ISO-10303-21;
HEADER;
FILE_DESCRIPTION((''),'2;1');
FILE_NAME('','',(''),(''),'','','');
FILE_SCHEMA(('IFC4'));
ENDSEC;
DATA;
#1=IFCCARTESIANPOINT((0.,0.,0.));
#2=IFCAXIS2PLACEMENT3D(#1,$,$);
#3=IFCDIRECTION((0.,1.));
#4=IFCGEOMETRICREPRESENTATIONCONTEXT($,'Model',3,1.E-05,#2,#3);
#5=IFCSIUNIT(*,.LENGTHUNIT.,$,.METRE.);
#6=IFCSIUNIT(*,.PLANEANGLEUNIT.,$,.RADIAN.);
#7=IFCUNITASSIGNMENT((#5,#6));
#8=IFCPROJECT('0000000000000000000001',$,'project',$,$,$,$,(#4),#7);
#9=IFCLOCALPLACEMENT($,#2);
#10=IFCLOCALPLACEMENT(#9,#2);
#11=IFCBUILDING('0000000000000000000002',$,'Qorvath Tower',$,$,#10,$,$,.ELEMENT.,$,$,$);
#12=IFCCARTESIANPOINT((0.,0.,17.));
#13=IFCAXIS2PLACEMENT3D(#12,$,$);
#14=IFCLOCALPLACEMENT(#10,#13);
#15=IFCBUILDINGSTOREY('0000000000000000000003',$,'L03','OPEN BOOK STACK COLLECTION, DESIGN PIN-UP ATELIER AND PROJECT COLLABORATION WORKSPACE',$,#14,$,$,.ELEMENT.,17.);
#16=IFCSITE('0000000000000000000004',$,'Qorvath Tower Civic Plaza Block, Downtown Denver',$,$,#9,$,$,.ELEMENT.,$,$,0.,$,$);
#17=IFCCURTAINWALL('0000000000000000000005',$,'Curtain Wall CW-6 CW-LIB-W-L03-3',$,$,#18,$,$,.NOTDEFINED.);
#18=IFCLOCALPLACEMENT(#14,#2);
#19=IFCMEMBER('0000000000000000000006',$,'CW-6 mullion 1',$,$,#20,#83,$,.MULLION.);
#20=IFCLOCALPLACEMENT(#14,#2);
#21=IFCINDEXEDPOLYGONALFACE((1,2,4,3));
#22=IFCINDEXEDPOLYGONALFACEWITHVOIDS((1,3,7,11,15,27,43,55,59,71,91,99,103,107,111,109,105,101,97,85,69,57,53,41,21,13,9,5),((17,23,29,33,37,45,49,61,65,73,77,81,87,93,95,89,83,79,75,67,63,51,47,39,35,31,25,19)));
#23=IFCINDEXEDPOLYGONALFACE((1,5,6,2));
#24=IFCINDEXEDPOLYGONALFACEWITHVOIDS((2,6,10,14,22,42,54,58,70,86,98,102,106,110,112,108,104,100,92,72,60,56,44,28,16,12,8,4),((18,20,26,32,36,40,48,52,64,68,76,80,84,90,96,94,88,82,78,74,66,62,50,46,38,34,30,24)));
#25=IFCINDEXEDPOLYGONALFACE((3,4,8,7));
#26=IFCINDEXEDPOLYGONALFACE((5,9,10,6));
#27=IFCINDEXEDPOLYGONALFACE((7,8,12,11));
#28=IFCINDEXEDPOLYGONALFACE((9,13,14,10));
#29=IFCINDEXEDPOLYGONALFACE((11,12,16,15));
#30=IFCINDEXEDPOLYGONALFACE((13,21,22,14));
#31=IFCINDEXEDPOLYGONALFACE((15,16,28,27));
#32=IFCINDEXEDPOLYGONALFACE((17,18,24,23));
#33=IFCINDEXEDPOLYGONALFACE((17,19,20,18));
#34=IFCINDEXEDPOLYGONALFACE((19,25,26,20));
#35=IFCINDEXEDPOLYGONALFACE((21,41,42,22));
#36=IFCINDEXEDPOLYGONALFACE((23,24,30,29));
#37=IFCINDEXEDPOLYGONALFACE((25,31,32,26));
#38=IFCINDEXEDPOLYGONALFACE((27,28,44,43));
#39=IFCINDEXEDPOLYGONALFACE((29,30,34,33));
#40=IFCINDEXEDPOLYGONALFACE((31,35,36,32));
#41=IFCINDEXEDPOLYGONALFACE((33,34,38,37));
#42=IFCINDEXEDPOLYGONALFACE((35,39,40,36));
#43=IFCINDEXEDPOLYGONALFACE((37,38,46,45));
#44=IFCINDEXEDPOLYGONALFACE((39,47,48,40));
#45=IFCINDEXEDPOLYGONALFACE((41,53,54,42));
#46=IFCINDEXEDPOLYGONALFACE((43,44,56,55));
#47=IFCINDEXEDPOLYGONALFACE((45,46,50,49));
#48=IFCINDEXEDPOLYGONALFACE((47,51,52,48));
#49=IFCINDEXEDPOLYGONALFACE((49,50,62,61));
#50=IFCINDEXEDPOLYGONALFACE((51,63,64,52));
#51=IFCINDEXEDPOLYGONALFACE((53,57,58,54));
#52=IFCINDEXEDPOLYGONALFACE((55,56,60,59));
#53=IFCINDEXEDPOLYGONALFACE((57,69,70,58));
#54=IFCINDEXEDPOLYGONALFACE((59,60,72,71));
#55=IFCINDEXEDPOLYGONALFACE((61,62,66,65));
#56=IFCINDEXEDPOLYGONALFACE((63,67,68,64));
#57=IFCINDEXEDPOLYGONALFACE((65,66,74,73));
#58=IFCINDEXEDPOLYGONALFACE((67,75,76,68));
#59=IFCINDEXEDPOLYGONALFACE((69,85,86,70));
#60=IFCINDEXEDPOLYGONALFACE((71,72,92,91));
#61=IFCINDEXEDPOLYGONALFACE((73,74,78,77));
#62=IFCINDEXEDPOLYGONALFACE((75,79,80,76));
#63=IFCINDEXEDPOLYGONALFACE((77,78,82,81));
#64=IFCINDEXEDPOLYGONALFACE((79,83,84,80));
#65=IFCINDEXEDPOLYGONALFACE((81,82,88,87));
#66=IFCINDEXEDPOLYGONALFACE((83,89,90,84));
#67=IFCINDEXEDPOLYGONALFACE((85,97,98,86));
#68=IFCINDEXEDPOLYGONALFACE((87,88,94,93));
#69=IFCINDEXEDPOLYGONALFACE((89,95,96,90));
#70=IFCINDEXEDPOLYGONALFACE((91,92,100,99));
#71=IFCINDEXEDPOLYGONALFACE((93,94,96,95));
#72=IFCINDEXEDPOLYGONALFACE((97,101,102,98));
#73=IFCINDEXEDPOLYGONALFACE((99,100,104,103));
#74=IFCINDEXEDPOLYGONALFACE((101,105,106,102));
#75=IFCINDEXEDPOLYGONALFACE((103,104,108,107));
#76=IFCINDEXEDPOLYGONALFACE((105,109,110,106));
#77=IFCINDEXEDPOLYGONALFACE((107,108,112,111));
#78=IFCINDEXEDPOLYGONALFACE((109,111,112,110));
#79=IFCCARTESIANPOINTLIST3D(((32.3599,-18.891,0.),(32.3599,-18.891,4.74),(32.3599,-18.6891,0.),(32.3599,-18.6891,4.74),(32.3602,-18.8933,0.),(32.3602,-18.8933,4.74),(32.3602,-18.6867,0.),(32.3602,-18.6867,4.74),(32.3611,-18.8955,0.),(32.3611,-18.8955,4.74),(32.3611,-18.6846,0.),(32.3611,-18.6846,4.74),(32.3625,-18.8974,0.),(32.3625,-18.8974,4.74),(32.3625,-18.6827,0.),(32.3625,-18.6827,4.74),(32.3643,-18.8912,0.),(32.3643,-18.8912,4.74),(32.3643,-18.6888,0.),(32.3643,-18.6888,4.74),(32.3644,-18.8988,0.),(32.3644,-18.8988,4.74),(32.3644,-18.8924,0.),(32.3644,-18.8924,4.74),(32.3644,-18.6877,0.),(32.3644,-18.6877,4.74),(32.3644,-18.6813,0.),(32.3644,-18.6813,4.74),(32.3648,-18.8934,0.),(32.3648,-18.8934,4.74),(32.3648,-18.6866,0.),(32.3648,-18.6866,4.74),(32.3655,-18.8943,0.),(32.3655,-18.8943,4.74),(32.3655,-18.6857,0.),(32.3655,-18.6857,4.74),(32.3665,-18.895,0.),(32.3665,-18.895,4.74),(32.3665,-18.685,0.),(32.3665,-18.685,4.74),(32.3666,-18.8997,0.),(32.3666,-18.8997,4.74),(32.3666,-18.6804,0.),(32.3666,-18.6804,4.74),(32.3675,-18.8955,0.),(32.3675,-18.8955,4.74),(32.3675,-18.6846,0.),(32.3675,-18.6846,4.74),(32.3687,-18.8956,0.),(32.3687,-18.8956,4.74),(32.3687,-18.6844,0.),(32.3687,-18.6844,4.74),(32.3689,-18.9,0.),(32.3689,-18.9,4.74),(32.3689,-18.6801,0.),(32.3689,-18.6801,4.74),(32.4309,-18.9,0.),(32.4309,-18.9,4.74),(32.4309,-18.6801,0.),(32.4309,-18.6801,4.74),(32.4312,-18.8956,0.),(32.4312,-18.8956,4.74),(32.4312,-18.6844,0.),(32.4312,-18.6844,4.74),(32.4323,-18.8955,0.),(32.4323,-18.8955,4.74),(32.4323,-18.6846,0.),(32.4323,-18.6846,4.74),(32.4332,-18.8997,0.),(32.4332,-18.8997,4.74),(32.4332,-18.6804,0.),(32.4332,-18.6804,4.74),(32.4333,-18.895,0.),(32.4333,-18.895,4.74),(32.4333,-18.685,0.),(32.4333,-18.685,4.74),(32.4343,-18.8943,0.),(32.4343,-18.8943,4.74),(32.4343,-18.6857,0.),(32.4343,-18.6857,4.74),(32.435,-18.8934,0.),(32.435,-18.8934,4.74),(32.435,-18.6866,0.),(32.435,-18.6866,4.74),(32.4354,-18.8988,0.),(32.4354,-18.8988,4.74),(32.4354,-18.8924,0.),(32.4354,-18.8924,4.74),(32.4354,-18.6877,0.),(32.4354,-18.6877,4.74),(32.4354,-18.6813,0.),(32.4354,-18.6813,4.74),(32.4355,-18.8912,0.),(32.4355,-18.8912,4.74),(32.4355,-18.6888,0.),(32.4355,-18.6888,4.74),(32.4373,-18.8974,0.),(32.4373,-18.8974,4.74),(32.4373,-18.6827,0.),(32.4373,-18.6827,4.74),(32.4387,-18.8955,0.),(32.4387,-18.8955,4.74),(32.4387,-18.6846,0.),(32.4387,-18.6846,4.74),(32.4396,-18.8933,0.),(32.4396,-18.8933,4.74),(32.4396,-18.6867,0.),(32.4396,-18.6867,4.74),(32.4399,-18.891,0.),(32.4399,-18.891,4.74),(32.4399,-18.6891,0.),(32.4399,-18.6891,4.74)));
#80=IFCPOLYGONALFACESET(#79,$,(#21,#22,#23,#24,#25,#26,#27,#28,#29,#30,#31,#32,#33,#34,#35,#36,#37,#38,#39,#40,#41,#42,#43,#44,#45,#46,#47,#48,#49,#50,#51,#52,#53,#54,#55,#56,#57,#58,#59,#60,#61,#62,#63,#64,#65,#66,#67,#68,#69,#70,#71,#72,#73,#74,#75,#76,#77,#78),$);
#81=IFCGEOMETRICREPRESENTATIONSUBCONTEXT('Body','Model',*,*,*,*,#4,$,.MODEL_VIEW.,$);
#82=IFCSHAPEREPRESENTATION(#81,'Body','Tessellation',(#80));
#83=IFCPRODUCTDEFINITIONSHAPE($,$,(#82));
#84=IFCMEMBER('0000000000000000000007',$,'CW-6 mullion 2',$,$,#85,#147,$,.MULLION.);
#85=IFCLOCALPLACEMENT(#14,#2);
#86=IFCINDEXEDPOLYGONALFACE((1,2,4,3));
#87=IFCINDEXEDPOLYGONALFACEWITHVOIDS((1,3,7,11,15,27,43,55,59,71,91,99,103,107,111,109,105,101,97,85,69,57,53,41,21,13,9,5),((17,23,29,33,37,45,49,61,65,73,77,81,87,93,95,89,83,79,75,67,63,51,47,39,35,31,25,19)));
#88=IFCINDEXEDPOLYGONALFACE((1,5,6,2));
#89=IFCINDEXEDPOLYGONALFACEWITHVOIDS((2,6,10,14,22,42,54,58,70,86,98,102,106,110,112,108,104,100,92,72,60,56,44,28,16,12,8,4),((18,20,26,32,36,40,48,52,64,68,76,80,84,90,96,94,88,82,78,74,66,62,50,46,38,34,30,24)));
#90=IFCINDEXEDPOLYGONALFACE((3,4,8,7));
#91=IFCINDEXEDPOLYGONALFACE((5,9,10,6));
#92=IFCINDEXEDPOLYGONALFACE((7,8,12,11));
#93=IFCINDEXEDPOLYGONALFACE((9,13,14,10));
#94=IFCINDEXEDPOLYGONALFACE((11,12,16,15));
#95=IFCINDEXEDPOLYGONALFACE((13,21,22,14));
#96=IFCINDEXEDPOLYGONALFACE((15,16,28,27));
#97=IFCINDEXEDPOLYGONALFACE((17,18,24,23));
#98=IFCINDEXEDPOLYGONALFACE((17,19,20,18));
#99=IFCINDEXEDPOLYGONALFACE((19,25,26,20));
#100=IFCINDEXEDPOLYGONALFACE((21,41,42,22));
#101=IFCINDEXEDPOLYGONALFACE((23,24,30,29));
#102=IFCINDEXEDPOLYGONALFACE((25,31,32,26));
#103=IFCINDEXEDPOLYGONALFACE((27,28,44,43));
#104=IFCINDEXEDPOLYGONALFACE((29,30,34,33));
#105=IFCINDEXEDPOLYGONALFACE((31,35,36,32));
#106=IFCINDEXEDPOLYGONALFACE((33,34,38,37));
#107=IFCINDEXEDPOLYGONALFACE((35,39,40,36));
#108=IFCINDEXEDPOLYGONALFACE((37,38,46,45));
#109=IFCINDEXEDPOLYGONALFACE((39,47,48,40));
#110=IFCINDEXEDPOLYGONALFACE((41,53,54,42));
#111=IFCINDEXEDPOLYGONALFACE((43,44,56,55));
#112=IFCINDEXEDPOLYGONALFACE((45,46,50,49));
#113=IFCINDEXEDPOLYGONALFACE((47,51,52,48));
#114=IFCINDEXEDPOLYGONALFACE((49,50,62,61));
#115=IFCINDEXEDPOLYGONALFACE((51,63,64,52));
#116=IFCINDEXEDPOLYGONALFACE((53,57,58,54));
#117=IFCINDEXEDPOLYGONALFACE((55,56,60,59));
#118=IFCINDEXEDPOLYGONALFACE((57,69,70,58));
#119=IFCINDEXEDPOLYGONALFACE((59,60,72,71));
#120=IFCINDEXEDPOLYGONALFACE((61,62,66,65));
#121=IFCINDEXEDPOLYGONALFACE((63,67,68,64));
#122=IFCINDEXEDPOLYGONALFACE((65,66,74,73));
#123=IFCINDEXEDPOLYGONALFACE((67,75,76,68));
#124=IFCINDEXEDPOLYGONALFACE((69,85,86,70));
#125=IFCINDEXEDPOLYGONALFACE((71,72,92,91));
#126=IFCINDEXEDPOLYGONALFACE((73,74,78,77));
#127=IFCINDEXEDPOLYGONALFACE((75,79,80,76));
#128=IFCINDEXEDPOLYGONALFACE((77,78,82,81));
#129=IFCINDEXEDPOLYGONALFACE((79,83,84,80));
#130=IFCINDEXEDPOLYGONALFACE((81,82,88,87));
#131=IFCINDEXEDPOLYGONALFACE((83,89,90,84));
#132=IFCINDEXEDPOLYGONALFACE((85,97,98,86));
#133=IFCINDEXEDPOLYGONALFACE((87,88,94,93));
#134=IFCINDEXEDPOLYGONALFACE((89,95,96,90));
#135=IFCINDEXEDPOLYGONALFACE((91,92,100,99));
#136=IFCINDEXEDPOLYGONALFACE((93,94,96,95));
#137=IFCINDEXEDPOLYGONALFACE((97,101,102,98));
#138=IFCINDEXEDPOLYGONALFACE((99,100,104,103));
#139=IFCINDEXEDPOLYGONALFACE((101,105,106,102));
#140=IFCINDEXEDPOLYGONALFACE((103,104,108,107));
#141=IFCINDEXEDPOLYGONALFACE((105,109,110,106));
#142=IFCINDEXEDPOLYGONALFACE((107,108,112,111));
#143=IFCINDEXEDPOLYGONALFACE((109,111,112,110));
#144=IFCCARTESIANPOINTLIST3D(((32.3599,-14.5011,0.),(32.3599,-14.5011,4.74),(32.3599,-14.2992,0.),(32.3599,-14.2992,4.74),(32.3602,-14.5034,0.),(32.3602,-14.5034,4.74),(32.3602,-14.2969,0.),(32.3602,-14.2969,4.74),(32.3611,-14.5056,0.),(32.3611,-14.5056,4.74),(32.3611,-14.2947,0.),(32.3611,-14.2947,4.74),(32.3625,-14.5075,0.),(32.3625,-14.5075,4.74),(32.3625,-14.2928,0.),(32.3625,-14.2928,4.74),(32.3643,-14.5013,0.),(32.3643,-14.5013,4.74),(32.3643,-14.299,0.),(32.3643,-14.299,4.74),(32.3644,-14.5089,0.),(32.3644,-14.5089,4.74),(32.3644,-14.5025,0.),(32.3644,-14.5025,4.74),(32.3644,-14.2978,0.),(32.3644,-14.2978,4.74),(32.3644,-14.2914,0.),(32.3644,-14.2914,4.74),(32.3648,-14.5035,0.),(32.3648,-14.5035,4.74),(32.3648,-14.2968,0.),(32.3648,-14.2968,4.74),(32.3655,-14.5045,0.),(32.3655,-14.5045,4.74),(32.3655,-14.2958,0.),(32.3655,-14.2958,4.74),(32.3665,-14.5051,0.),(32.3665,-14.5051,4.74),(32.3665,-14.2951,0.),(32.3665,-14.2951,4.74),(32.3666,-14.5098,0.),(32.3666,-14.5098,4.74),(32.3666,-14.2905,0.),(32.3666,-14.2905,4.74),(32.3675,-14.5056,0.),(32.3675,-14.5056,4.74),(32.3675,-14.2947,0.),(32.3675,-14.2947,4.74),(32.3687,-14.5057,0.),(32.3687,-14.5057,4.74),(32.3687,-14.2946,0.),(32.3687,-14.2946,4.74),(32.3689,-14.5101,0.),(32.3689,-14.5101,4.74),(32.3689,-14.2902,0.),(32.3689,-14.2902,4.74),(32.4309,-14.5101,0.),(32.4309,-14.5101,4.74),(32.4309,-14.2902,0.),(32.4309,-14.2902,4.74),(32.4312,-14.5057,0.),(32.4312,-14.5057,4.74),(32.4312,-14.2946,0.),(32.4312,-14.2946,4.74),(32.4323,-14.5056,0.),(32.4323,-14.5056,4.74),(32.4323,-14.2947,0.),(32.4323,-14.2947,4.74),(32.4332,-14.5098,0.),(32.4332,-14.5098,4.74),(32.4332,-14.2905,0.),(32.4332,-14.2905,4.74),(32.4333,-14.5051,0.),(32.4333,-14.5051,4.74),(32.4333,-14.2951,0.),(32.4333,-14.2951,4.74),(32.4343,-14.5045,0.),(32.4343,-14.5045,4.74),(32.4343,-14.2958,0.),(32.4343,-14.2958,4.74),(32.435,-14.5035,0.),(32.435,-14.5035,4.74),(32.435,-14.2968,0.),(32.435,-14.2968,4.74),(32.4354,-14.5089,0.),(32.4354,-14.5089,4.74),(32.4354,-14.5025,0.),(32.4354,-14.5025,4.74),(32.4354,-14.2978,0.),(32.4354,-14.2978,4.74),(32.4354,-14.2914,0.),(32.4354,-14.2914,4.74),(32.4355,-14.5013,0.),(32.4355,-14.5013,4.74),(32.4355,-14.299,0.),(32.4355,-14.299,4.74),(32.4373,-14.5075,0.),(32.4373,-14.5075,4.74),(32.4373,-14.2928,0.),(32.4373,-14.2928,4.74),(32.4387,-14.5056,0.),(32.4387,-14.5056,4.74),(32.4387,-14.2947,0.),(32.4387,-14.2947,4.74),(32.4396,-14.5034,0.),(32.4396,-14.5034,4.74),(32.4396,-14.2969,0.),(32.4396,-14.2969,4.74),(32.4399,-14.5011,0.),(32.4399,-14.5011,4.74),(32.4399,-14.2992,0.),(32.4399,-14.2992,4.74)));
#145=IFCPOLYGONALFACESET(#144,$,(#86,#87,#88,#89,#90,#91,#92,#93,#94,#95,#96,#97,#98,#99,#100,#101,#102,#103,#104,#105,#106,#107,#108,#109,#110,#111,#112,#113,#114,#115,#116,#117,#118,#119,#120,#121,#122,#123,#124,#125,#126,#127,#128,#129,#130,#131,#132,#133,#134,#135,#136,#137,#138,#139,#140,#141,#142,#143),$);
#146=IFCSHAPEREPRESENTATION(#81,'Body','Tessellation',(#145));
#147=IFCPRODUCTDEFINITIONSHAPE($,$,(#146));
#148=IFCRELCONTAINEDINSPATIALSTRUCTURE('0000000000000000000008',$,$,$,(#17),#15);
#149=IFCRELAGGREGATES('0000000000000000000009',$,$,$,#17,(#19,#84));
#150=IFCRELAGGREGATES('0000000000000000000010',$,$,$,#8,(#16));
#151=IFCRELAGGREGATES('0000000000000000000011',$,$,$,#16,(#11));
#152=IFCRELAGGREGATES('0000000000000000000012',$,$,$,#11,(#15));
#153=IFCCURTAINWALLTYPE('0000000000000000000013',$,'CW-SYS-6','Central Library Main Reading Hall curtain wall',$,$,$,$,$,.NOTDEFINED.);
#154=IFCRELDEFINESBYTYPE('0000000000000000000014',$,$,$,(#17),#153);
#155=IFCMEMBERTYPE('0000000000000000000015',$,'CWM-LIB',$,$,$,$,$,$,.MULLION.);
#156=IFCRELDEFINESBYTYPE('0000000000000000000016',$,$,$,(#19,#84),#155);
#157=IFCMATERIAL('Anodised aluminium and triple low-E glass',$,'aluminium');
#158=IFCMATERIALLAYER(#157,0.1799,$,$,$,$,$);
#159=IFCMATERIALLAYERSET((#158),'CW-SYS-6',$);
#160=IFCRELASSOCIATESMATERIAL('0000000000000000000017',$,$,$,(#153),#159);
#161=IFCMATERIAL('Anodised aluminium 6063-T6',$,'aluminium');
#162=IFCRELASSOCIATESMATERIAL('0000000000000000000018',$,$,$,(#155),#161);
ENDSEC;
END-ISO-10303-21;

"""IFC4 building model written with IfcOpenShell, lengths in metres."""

from ifc_helpers import new_model, si_unit, direction, frame, origin, origin_2d, place, context, subcontext, project, spatial, hollow_rectangle, extrude, material, layer, layer_set, material_profile, profile_set, type_object, element, aggregate, save


model = new_model("IFC4")

# Units and contexts
model_context = context("Model", 3, precision=1e-05, world=origin(), true_north=direction((0.0, 1.0)))
body_context = subcontext(model_context, "Body", "Model", "MODEL_VIEW")
ifc_project = project(units=[si_unit("LENGTHUNIT", "METRE"), si_unit("PLANEANGLEUNIT", "RADIAN")], contexts=[model_context])

# Site, building, storey
site_placement = place(None, origin())
site = spatial("IfcSite", under=ifc_project, at=site_placement, Name="Qorvath Tower Civic Plaza Block, Downtown Denver", CompositionType="ELEMENT", RefElevation=0.0)
building_placement = place(site_placement, origin())
building = spatial("IfcBuilding", under=site, at=building_placement, Name="Qorvath Tower", CompositionType="ELEMENT")
storey_placement = place(building_placement, frame((0.0, 0.0, 17.0)))
storey = spatial("IfcBuildingStorey", under=building, at=storey_placement, Name="L03", Description="OPEN BOOK STACK COLLECTION, DESIGN PIN-UP ATELIER AND PROJECT COLLABORATION WORKSPACE", CompositionType="ELEMENT", Elevation=17.0)

# Curtain wall, members
ifc_material_1 = material(Name="Anodised aluminium and triple low-E glass", Category="aluminium")
ifc_layer_1 = layer(ifc_material_1, 0.1799)
ifc_layer_set_1 = layer_set([ifc_layer_1], Name="CW-SYS-6")
curtain_wall_type = type_object("IfcCurtainWallType", Name="CW-SYS-6", Description="Central Library Main Reading Hall curtain wall", PredefinedType="NOTDEFINED", material=ifc_layer_set_1)
curtain_wall_placement = place(storey_placement, origin())
curtain_wall = element("IfcCurtainWall", 1, at=curtain_wall_placement, inside=storey, type_object=curtain_wall_type, Name="Curtain Wall CW-6 CW-LIB-W-L03-3", PredefinedType="NOTDEFINED")
ifc_material_2 = material(Name="Anodised aluminium 6063-T6", Category="aluminium")
ifc_material_profile_1 = material_profile(ifc_material_2, hollow_rectangle(XDim=0.0801, YDim=0.22, WallThickness=0.0044, InnerFilletRadius=0.0044, OuterFilletRadius=0.009, at=origin_2d()), Name="CWM LIB 220x80")
ifc_profile_set_1 = profile_set([ifc_material_profile_1], Name="Anodised aluminium 6063-T6")
member_type_1 = type_object("IfcMemberType", Name="CWM-LIB", PredefinedType="MULLION", material=ifc_profile_set_1)
member_1_placement = place(storey_placement, frame((32.3999, -18.79, 0.0), z_axis=(0.0, 0.0, 1.0), x_axis=(-1.0, 0.0, 0.0)))
member_1 = element("IfcMember", 2, at=member_1_placement, type_object=member_type_1, Name="CW-6 mullion 1", PredefinedType="MULLION", context=body_context, shape_type="SweptSolid", body=[
    extrude(hollow_rectangle(XDim=0.0801, YDim=0.22, WallThickness=0.0044, InnerFilletRadius=0.0044, OuterFilletRadius=0.009, at=origin_2d()), origin(), (0.0, 0.0, 1.0), 4.74),
])
member_2_placement = place(storey_placement, frame((32.3999, -14.4001, 0.0), z_axis=(0.0, 0.0, 1.0), x_axis=(-1.0, 0.0, 0.0)))
member_2 = element("IfcMember", 3, at=member_2_placement, type_object=member_type_1, Name="CW-6 mullion 2", PredefinedType="MULLION", context=body_context, shape_type="SweptSolid", body=[
    extrude(hollow_rectangle(XDim=0.0801, YDim=0.22, WallThickness=0.0044, InnerFilletRadius=0.0044, OuterFilletRadius=0.009, at=origin_2d()), origin(), (0.0, 0.0, 1.0), 4.74),
])
aggregate(curtain_wall, [member_1, member_2])

save(model, "model.ifc")
